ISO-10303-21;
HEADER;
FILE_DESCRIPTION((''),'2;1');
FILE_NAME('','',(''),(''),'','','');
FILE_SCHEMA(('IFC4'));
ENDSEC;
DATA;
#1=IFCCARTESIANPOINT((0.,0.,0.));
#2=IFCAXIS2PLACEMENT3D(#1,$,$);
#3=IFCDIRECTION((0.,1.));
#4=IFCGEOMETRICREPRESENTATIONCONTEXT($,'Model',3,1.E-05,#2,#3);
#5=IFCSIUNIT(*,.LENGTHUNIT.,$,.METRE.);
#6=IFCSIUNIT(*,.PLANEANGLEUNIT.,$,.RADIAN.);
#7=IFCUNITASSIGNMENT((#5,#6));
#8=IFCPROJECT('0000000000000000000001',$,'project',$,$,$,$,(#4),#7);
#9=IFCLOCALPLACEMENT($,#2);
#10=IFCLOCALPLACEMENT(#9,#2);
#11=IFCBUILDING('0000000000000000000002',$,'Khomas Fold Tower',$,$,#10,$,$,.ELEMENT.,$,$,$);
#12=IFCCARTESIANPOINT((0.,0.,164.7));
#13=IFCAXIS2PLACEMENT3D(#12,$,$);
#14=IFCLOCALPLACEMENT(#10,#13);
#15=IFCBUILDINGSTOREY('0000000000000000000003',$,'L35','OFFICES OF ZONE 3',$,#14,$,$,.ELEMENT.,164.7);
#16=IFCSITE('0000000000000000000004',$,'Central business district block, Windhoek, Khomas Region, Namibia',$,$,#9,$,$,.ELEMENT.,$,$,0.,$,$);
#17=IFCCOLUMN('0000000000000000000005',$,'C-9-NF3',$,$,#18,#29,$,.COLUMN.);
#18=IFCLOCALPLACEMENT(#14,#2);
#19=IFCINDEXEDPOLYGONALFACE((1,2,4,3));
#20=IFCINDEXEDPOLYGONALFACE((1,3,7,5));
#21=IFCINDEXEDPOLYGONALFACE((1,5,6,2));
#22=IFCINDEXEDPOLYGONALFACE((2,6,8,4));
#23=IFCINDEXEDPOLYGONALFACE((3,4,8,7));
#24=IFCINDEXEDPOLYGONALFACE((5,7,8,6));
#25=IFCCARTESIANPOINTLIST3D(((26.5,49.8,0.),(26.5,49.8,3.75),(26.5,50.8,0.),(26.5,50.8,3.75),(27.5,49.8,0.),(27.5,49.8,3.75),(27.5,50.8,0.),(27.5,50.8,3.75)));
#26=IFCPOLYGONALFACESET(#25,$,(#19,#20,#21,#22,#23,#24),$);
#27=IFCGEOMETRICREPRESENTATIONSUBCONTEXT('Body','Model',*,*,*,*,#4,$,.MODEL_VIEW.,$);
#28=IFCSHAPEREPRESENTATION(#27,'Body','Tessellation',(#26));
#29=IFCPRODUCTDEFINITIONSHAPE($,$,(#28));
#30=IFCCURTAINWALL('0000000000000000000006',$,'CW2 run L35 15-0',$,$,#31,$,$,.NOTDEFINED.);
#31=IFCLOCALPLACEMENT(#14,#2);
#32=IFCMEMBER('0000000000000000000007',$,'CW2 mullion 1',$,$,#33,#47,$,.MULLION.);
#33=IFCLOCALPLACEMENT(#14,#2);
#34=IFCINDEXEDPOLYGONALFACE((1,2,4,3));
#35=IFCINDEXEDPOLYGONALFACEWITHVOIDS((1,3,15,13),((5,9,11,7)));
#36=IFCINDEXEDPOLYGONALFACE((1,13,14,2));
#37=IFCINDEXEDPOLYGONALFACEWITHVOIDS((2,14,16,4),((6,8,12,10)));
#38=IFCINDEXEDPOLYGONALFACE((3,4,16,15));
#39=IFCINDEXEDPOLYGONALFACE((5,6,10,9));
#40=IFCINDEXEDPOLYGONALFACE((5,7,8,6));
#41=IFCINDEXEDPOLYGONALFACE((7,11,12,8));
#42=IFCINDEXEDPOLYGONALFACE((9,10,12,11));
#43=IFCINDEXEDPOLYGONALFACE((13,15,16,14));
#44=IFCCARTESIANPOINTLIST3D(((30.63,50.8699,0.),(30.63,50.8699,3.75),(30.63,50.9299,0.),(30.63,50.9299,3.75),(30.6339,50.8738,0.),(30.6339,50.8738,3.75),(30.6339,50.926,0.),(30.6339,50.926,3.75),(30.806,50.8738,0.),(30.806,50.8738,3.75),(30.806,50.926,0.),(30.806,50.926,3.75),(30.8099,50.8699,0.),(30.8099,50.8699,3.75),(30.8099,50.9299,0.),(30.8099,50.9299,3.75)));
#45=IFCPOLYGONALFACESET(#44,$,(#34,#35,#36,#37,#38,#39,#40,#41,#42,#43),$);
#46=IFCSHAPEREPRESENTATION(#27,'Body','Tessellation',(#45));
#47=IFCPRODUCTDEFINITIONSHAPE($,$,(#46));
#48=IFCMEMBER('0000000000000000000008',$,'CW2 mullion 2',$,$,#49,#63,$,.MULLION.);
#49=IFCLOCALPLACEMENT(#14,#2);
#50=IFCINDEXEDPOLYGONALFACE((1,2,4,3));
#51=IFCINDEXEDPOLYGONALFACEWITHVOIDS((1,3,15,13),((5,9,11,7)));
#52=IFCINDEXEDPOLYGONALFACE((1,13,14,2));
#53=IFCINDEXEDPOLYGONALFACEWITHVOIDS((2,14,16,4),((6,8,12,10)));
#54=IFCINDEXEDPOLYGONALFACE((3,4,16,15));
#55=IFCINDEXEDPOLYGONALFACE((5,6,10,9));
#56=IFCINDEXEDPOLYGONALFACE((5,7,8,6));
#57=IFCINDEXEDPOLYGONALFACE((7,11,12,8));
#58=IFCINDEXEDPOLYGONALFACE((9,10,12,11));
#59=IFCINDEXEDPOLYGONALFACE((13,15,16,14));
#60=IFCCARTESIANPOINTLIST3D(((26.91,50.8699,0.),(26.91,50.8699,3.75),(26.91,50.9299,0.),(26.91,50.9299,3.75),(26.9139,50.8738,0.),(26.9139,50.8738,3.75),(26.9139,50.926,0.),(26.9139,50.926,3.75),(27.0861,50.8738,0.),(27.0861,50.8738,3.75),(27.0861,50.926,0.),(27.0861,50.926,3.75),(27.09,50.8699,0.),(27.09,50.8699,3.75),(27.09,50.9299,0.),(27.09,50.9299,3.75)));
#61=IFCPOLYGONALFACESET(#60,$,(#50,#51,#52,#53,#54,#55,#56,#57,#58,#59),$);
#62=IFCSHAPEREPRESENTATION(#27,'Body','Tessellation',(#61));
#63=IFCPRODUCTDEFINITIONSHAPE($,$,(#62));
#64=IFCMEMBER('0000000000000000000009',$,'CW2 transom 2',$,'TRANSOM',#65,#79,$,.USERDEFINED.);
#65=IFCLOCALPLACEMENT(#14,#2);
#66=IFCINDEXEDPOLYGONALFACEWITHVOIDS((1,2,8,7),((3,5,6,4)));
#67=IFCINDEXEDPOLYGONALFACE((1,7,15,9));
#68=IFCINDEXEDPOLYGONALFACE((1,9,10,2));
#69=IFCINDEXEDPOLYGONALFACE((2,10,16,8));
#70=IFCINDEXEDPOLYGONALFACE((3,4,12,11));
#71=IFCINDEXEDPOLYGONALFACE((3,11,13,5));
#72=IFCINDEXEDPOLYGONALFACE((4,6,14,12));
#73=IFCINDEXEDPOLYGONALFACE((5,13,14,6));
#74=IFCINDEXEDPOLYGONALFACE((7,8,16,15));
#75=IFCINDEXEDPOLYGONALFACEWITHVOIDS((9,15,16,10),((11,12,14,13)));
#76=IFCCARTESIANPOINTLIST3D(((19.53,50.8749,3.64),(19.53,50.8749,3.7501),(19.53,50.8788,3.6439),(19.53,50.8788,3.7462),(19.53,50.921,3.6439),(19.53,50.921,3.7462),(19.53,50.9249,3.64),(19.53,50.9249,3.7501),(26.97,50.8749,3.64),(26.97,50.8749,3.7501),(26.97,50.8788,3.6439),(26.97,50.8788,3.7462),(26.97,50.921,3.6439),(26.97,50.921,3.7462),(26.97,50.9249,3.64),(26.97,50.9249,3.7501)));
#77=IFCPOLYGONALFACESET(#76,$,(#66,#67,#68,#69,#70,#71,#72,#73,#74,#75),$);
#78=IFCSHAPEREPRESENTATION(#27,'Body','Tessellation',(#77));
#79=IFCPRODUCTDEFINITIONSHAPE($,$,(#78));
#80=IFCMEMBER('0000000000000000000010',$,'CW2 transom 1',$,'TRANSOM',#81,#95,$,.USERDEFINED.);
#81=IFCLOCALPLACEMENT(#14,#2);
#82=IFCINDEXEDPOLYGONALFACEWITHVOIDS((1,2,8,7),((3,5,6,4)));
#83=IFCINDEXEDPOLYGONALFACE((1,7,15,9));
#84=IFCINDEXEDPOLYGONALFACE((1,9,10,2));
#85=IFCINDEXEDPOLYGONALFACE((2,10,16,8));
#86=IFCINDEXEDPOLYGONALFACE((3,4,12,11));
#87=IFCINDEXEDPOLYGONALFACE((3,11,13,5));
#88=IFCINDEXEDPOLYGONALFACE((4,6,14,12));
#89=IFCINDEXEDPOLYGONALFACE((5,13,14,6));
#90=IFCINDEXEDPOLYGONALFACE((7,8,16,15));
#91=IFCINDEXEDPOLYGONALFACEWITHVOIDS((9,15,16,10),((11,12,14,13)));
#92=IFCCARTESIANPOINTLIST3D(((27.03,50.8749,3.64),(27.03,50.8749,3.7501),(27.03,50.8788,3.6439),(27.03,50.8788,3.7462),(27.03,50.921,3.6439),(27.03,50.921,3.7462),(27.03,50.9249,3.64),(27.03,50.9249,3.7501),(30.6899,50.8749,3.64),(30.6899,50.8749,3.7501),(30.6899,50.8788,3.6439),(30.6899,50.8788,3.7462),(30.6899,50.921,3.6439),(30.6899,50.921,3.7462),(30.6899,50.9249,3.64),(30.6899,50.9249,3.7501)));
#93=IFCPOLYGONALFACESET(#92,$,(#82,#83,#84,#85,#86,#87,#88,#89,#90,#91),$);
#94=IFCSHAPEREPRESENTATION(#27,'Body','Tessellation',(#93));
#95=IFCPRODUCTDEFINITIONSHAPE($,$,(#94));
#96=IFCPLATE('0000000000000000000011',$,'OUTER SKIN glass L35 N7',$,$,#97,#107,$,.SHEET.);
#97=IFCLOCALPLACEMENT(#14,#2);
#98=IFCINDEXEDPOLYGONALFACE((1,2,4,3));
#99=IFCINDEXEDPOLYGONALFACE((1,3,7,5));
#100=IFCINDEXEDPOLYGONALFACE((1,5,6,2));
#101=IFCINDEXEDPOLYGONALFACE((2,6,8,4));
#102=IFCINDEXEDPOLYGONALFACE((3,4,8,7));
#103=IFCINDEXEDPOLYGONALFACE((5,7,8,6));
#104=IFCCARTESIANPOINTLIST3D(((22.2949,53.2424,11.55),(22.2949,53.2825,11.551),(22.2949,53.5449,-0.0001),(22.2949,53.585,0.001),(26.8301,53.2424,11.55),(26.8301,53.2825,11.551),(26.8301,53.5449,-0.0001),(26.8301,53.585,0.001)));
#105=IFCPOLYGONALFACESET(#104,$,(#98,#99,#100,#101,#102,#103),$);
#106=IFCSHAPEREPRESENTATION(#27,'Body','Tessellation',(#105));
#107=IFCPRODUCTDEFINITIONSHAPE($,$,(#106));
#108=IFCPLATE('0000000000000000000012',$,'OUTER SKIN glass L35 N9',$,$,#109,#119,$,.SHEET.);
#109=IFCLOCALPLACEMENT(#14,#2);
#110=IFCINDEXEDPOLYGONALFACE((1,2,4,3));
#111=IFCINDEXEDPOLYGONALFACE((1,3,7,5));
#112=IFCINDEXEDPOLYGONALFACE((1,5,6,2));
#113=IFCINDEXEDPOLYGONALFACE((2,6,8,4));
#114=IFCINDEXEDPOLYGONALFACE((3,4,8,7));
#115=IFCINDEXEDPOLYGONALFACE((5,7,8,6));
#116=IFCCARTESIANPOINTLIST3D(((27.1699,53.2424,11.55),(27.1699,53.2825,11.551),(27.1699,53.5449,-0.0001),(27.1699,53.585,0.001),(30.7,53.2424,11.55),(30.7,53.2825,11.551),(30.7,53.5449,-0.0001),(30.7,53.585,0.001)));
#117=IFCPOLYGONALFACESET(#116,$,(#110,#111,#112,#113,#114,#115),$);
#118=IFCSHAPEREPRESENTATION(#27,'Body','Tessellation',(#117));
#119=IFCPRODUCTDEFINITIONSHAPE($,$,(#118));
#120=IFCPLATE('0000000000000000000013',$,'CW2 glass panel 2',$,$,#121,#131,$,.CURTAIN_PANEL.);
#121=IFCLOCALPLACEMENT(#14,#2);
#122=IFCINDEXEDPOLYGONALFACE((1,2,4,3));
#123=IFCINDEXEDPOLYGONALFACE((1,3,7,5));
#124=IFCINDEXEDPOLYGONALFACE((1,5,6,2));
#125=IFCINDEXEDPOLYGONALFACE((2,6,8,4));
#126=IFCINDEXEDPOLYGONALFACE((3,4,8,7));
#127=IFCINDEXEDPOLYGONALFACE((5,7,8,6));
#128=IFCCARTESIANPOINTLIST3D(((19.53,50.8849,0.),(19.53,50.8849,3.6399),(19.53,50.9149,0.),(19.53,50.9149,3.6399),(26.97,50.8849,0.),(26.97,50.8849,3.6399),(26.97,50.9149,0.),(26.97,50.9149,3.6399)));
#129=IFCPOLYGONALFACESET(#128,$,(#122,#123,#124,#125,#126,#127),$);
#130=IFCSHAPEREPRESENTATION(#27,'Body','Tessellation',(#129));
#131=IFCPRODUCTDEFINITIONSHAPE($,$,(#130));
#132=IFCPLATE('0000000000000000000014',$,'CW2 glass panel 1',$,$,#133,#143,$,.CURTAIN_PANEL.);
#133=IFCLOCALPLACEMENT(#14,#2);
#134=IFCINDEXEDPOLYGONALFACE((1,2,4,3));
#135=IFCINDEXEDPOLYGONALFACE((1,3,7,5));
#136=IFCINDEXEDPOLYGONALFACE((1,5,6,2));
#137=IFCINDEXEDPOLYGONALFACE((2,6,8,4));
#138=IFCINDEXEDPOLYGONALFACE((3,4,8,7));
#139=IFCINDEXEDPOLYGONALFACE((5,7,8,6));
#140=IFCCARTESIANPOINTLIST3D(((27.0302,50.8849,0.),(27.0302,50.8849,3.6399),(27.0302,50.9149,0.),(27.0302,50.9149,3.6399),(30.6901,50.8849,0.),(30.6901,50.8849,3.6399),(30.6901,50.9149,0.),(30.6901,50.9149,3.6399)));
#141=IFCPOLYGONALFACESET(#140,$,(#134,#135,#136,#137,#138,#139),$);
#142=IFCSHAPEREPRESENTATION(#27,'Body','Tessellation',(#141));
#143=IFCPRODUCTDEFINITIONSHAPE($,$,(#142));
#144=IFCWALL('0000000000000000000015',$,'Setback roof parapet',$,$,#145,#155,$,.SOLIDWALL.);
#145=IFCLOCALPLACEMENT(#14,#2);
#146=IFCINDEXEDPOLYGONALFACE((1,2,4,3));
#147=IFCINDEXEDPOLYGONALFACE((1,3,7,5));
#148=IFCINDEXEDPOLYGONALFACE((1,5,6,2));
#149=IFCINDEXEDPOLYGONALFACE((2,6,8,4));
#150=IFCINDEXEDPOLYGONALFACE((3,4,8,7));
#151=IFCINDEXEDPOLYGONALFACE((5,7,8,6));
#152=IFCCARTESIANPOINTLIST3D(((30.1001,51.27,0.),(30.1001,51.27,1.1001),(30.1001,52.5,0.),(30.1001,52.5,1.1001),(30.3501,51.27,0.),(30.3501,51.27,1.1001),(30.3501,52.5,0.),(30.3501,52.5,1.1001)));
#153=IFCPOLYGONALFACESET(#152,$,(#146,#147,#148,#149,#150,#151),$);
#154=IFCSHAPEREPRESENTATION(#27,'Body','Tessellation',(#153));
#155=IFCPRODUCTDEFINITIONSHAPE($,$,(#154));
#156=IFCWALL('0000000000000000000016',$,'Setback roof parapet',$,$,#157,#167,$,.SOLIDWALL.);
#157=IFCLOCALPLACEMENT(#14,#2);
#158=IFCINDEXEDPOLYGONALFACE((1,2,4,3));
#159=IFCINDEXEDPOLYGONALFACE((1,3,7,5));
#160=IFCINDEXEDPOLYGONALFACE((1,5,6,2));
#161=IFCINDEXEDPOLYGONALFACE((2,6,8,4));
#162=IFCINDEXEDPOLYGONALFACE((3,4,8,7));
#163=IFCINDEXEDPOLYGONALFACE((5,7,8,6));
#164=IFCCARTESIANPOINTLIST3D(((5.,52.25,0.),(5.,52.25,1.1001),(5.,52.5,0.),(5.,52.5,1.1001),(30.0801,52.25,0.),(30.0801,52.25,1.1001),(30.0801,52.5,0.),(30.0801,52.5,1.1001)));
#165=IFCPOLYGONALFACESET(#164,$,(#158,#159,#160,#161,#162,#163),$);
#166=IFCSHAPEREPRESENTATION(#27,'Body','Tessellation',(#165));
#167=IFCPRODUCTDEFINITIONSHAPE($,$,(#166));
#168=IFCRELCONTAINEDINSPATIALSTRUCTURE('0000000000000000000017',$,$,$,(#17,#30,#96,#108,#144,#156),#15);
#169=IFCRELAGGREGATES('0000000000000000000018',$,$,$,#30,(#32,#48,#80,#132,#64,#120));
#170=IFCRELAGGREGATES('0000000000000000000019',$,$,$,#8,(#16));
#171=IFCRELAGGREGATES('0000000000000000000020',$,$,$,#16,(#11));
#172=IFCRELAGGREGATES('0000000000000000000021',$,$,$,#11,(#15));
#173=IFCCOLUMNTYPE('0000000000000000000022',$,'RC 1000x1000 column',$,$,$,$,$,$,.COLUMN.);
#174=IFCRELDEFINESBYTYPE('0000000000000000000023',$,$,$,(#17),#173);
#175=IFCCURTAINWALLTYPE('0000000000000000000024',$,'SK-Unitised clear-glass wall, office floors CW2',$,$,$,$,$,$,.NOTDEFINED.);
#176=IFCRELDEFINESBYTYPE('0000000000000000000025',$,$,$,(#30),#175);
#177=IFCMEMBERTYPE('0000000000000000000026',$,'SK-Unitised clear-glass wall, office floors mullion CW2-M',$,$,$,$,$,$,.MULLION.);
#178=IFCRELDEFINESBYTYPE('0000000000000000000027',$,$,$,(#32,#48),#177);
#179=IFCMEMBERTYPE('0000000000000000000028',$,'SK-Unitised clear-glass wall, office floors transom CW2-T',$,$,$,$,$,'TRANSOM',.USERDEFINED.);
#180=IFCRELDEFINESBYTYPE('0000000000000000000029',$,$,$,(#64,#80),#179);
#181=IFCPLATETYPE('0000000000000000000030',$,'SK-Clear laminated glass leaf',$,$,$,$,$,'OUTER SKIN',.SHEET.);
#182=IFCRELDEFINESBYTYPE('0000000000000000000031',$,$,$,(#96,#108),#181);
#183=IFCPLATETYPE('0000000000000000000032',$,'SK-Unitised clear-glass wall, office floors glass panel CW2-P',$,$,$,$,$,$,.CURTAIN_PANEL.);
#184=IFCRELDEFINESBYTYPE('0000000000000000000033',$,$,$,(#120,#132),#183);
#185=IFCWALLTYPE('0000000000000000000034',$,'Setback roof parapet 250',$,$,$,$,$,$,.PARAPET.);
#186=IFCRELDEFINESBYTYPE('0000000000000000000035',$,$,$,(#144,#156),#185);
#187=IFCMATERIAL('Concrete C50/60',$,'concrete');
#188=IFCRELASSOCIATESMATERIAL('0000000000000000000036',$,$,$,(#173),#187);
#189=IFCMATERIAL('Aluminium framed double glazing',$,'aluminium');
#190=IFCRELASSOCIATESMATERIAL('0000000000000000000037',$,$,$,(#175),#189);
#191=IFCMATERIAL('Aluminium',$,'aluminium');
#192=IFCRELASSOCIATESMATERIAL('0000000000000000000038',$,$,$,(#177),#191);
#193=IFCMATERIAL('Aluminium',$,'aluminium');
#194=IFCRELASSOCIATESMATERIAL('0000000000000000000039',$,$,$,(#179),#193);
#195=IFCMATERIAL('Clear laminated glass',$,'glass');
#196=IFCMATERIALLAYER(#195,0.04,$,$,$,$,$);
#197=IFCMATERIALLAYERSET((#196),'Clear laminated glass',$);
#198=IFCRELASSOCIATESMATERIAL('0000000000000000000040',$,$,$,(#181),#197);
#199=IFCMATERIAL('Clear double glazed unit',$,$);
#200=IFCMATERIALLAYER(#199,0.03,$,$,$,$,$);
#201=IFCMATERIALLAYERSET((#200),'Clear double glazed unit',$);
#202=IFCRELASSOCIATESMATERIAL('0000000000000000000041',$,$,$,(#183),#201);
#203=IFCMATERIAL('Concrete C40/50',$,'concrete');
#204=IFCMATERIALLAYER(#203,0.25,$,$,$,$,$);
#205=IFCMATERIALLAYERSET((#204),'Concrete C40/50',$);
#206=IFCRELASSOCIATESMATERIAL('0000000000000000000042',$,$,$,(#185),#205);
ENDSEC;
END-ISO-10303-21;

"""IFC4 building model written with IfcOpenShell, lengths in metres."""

from ifc_helpers import new_model, si_unit, direction, frame, frame_2d, origin, origin_2d, place, context, subcontext, project, spatial, polyline, rectangle, hollow_rectangle, outline, extrude, source, transform, mapped, material, layer, layer_set, material_profile, profile_set, type_object, element, aggregate, save


model = new_model("IFC4")

# Units and contexts
model_context = context("Model", 3, precision=1e-05, world=origin(), true_north=direction((0.0, 1.0)))
body_context = subcontext(model_context, "Body", "Model", "MODEL_VIEW")
ifc_project = project(units=[si_unit("LENGTHUNIT", "METRE"), si_unit("PLANEANGLEUNIT", "RADIAN")], contexts=[model_context])

# Site, building, storey
site_placement = place(None, origin())
site = spatial("IfcSite", under=ifc_project, at=site_placement, Name="Central business district block, Windhoek, Khomas Region, Namibia", CompositionType="ELEMENT", RefElevation=0.0)
building_placement = place(site_placement, origin())
building = spatial("IfcBuilding", under=site, at=building_placement, Name="Khomas Fold Tower", CompositionType="ELEMENT")
storey_placement = place(building_placement, frame((0.0, 0.0, 164.7)))
storey = spatial("IfcBuildingStorey", under=building, at=storey_placement, Name="L35", Description="OFFICES OF ZONE 3", CompositionType="ELEMENT", Elevation=164.7)

# Column
ifc_material_1 = material(Name="Concrete C50/60", Category="concrete")
ifc_material_profile_1 = material_profile(ifc_material_1, rectangle(XDim=1.0, YDim=1.0, at=origin_2d()), Name="RC 1000x1000")
ifc_profile_set_1 = profile_set([ifc_material_profile_1], Name="Concrete C50/60")
column_type = type_object("IfcColumnType", Name="RC 1000x1000 column", PredefinedType="COLUMN", material=ifc_profile_set_1)
shared_shape_1 = source(origin(), body_context, "Body", "SweptSolid", [
    extrude(rectangle(XDim=1.0, YDim=1.0, at=origin_2d()), origin(), (0.0, 0.0, 1.0), 3.75),
])
column_placement = place(storey_placement, frame((27.0, 50.3, 0.0), z_axis=(0.0, 0.0, 1.0), x_axis=(1.0, 0.0, 0.0)))
element("IfcColumn", 1, at=column_placement, inside=storey, type_object=column_type, Name="C-9-NF3", PredefinedType="COLUMN", context=body_context, shape_type="MappedRepresentation", body=[
    mapped(shared_shape_1, transform((0.0, 0.0, 0.0))),
])

# Curtain wall, members
ifc_material_2 = material(Name="Aluminium framed double glazing", Category="aluminium")
curtain_wall_type = type_object("IfcCurtainWallType", Name="SK-Unitised clear-glass wall, office floors CW2", PredefinedType="NOTDEFINED", material=ifc_material_2)
curtain_wall_placement = place(storey_placement, origin())
curtain_wall = element("IfcCurtainWall", 2, at=curtain_wall_placement, inside=storey, type_object=curtain_wall_type, Name="CW2 run L35 15-0", PredefinedType="NOTDEFINED")
ifc_material_3 = material(Name="Aluminium", Category="aluminium")
ifc_material_profile_2 = material_profile(ifc_material_3, hollow_rectangle(XDim=0.0601, YDim=0.1799, WallThickness=0.0039, at=origin_2d()), Name="SK-Unitised clear-glass wall, office floors mullion CW2-M")
ifc_profile_set_2 = profile_set([ifc_material_profile_2], Name="Aluminium")
member_type_1 = type_object("IfcMemberType", Name="SK-Unitised clear-glass wall, office floors mullion CW2-M", PredefinedType="MULLION", material=ifc_profile_set_2)
shared_shape_2 = source(origin(), body_context, "Body", "SweptSolid", [
    extrude(hollow_rectangle(XDim=0.0601, YDim=0.1799, WallThickness=0.0039, at=origin_2d()), origin(), (0.0, 0.0, 1.0), 3.75),
])
member_1_placement = place(storey_placement, frame((30.72, 50.8999, 0.0), z_axis=(0.0, 0.0, 1.0), x_axis=(0.0, -1.0, 0.0)))
member_1 = element("IfcMember", 3, at=member_1_placement, type_object=member_type_1, Name="CW2 mullion 1", PredefinedType="MULLION", context=body_context, shape_type="MappedRepresentation", body=[
    mapped(shared_shape_2, transform((0.0, 0.0, 0.0))),
])
member_2_placement = place(storey_placement, frame((27.0, 50.8999, 0.0), z_axis=(0.0, 0.0, 1.0), x_axis=(0.0, -1.0, 0.0)))
member_2 = element("IfcMember", 4, at=member_2_placement, type_object=member_type_1, Name="CW2 mullion 2", PredefinedType="MULLION", context=body_context, shape_type="MappedRepresentation", body=[
    mapped(shared_shape_2, transform((0.0, 0.0, 0.0))),
])
ifc_material_4 = material(Name="Aluminium", Category="aluminium")
ifc_material_profile_3 = material_profile(ifc_material_4, hollow_rectangle(XDim=0.05, YDim=0.1101, WallThickness=0.0039, at=origin_2d()), Name="SK-Unitised clear-glass wall, office floors transom CW2-T")
ifc_profile_set_3 = profile_set([ifc_material_profile_3], Name="Aluminium")
member_type_2 = type_object("IfcMemberType", Name="SK-Unitised clear-glass wall, office floors transom CW2-T", ElementType="TRANSOM", PredefinedType="USERDEFINED", material=ifc_profile_set_3)
shared_shape_3 = source(origin(), body_context, "Body", "SweptSolid", [
    extrude(hollow_rectangle(XDim=0.05, YDim=0.1101, WallThickness=0.0039, at=origin_2d()), origin(), (0.0, 0.0, 1.0), 7.4399),
])
member_3_placement = place(storey_placement, frame((26.97, 50.8999, 3.6951), z_axis=(-1.0, 0.0, 0.0), x_axis=(0.0, -1.0, 0.0)))
member_3 = element("IfcMember", 5, at=member_3_placement, type_object=member_type_2, Name="CW2 transom 2", ObjectType="TRANSOM", PredefinedType="USERDEFINED", context=body_context, shape_type="MappedRepresentation", body=[
    mapped(shared_shape_3, transform((0.0, 0.0, 0.0))),
])
shared_shape_4 = source(origin(), body_context, "Body", "SweptSolid", [
    extrude(hollow_rectangle(XDim=0.05, YDim=0.1101, WallThickness=0.0039, at=origin_2d()), origin(), (0.0, 0.0, 1.0), 3.6599),
])
member_4_placement = place(storey_placement, frame((30.6899, 50.8999, 3.6951), z_axis=(-1.0, 0.0, 0.0), x_axis=(0.0, -1.0, 0.0)))
member_4 = element("IfcMember", 6, at=member_4_placement, type_object=member_type_2, Name="CW2 transom 1", ObjectType="TRANSOM", PredefinedType="USERDEFINED", context=body_context, shape_type="MappedRepresentation", body=[
    mapped(shared_shape_4, transform((0.0, 0.0, 0.0))),
])

# Plates
ifc_material_5 = material(Name="Clear laminated glass", Category="glass")
ifc_layer_1 = layer(ifc_material_5, 0.04)
ifc_layer_set_1 = layer_set([ifc_layer_1], Name="Clear laminated glass")
plate_type_1 = type_object("IfcPlateType", Name="SK-Clear laminated glass leaf", ElementType="OUTER SKIN", PredefinedType="SHEET", material=ifc_layer_set_1)
plate_1_placement = place(storey_placement, frame((22.2949, 53.585, 0.001), z_axis=(0.0, 0.999657, 0.026181), x_axis=(1.0, 0.0, 0.0)))
element("IfcPlate", 7, at=plate_1_placement, inside=storey, type_object=plate_type_1, Name="OUTER SKIN glass L35 N7", PredefinedType="SHEET", context=body_context, shape_type="SweptSolid", body=[
    extrude(outline(polyline([(0.0, 0.0), (4.5352, 0.0), (4.5352, -11.554), (0.0, -11.554), (0.0, 0.0)])), origin(), (0.0, 0.0, -1.0), 0.04),
])
plate_2_placement = place(storey_placement, frame((27.1699, 53.585, 0.001), z_axis=(0.0, 0.999657, 0.026181), x_axis=(1.0, 0.0, 0.0)))
element("IfcPlate", 8, at=plate_2_placement, inside=storey, type_object=plate_type_1, Name="OUTER SKIN glass L35 N9", PredefinedType="SHEET", context=body_context, shape_type="SweptSolid", body=[
    extrude(outline(polyline([(0.0, 0.0), (3.53, 0.0), (3.53, -11.554), (0.0, -11.554), (0.0, 0.0)])), origin(), (0.0, 0.0, -1.0), 0.04),
])

# Plates
ifc_material_6 = material(Name="Clear double glazed unit")
ifc_layer_2 = layer(ifc_material_6, 0.03)
ifc_layer_set_2 = layer_set([ifc_layer_2], Name="Clear double glazed unit")
plate_type_2 = type_object("IfcPlateType", Name="SK-Unitised clear-glass wall, office floors glass panel CW2-P", PredefinedType="CURTAIN_PANEL", material=ifc_layer_set_2)
shared_shape_5 = source(origin(), body_context, "Body", "SweptSolid", [
    extrude(rectangle(XDim=7.4399, YDim=0.03, at=origin_2d()), origin(), (0.0, 0.0, 1.0), 3.6399),
])
plate_3_placement = place(storey_placement, frame((23.25, 50.8999, 0.0), z_axis=(0.0, 0.0, 1.0), x_axis=(-1.0, 0.0, 0.0)))
plate_3 = element("IfcPlate", 9, at=plate_3_placement, type_object=plate_type_2, Name="CW2 glass panel 2", PredefinedType="CURTAIN_PANEL", context=body_context, shape_type="MappedRepresentation", body=[
    mapped(shared_shape_5, transform((0.0, 0.0, 0.0))),
])
shared_shape_6 = source(origin(), body_context, "Body", "SweptSolid", [
    extrude(rectangle(XDim=3.6599, YDim=0.03, at=origin_2d()), origin(), (0.0, 0.0, 1.0), 3.6399),
])
plate_4_placement = place(storey_placement, frame((28.8601, 50.8999, 0.0), z_axis=(0.0, 0.0, 1.0), x_axis=(-1.0, 0.0, 0.0)))
plate_4 = element("IfcPlate", 10, at=plate_4_placement, type_object=plate_type_2, Name="CW2 glass panel 1", PredefinedType="CURTAIN_PANEL", context=body_context, shape_type="MappedRepresentation", body=[
    mapped(shared_shape_6, transform((0.0, 0.0, 0.0))),
])
aggregate(curtain_wall, [member_1, member_2, member_4, plate_4, member_3, plate_3])

# Walls
ifc_material_7 = material(Name="Concrete C40/50", Category="concrete")
ifc_layer_3 = layer(ifc_material_7, 0.25)
ifc_layer_set_3 = layer_set([ifc_layer_3], Name="Concrete C40/50")
wall_type_1 = type_object("IfcWallType", Name="Setback roof parapet 250", PredefinedType="PARAPET", material=ifc_layer_set_3)
shared_shape_7 = source(origin(), body_context, "Body", "SweptSolid", [
    extrude(rectangle(XDim=1.23, YDim=0.25, at=frame_2d((0.615, 0.0))), origin(), (0.0, 0.0, 1.0), 1.1001),
])
wall_1_placement = place(storey_placement, frame((30.2251, 51.27, 0.0), z_axis=(0.0, 0.0, 1.0), x_axis=(0.0, 1.0, 0.0)))
element("IfcWall", 11, at=wall_1_placement, inside=storey, type_object=wall_type_1, Name="Setback roof parapet", PredefinedType="SOLIDWALL", context=body_context, shape_type="MappedRepresentation", body=[
    mapped(shared_shape_7, transform((0.0, 0.0, 0.0))),
])
shared_shape_8 = source(origin(), body_context, "Body", "SweptSolid", [
    extrude(rectangle(XDim=25.0801, YDim=0.25, at=frame_2d((12.54, 0.0))), origin(), (0.0, 0.0, 1.0), 1.1001),
])
wall_2_placement = place(storey_placement, frame((30.0801, 52.375, 0.0), z_axis=(0.0, 0.0, 1.0), x_axis=(-1.0, 0.0, 0.0)))
element("IfcWall", 12, at=wall_2_placement, inside=storey, type_object=wall_type_1, Name="Setback roof parapet", PredefinedType="SOLIDWALL", context=body_context, shape_type="MappedRepresentation", body=[
    mapped(shared_shape_8, transform((0.0, 0.0, 0.0))),
])

save(model, "model.ifc")
